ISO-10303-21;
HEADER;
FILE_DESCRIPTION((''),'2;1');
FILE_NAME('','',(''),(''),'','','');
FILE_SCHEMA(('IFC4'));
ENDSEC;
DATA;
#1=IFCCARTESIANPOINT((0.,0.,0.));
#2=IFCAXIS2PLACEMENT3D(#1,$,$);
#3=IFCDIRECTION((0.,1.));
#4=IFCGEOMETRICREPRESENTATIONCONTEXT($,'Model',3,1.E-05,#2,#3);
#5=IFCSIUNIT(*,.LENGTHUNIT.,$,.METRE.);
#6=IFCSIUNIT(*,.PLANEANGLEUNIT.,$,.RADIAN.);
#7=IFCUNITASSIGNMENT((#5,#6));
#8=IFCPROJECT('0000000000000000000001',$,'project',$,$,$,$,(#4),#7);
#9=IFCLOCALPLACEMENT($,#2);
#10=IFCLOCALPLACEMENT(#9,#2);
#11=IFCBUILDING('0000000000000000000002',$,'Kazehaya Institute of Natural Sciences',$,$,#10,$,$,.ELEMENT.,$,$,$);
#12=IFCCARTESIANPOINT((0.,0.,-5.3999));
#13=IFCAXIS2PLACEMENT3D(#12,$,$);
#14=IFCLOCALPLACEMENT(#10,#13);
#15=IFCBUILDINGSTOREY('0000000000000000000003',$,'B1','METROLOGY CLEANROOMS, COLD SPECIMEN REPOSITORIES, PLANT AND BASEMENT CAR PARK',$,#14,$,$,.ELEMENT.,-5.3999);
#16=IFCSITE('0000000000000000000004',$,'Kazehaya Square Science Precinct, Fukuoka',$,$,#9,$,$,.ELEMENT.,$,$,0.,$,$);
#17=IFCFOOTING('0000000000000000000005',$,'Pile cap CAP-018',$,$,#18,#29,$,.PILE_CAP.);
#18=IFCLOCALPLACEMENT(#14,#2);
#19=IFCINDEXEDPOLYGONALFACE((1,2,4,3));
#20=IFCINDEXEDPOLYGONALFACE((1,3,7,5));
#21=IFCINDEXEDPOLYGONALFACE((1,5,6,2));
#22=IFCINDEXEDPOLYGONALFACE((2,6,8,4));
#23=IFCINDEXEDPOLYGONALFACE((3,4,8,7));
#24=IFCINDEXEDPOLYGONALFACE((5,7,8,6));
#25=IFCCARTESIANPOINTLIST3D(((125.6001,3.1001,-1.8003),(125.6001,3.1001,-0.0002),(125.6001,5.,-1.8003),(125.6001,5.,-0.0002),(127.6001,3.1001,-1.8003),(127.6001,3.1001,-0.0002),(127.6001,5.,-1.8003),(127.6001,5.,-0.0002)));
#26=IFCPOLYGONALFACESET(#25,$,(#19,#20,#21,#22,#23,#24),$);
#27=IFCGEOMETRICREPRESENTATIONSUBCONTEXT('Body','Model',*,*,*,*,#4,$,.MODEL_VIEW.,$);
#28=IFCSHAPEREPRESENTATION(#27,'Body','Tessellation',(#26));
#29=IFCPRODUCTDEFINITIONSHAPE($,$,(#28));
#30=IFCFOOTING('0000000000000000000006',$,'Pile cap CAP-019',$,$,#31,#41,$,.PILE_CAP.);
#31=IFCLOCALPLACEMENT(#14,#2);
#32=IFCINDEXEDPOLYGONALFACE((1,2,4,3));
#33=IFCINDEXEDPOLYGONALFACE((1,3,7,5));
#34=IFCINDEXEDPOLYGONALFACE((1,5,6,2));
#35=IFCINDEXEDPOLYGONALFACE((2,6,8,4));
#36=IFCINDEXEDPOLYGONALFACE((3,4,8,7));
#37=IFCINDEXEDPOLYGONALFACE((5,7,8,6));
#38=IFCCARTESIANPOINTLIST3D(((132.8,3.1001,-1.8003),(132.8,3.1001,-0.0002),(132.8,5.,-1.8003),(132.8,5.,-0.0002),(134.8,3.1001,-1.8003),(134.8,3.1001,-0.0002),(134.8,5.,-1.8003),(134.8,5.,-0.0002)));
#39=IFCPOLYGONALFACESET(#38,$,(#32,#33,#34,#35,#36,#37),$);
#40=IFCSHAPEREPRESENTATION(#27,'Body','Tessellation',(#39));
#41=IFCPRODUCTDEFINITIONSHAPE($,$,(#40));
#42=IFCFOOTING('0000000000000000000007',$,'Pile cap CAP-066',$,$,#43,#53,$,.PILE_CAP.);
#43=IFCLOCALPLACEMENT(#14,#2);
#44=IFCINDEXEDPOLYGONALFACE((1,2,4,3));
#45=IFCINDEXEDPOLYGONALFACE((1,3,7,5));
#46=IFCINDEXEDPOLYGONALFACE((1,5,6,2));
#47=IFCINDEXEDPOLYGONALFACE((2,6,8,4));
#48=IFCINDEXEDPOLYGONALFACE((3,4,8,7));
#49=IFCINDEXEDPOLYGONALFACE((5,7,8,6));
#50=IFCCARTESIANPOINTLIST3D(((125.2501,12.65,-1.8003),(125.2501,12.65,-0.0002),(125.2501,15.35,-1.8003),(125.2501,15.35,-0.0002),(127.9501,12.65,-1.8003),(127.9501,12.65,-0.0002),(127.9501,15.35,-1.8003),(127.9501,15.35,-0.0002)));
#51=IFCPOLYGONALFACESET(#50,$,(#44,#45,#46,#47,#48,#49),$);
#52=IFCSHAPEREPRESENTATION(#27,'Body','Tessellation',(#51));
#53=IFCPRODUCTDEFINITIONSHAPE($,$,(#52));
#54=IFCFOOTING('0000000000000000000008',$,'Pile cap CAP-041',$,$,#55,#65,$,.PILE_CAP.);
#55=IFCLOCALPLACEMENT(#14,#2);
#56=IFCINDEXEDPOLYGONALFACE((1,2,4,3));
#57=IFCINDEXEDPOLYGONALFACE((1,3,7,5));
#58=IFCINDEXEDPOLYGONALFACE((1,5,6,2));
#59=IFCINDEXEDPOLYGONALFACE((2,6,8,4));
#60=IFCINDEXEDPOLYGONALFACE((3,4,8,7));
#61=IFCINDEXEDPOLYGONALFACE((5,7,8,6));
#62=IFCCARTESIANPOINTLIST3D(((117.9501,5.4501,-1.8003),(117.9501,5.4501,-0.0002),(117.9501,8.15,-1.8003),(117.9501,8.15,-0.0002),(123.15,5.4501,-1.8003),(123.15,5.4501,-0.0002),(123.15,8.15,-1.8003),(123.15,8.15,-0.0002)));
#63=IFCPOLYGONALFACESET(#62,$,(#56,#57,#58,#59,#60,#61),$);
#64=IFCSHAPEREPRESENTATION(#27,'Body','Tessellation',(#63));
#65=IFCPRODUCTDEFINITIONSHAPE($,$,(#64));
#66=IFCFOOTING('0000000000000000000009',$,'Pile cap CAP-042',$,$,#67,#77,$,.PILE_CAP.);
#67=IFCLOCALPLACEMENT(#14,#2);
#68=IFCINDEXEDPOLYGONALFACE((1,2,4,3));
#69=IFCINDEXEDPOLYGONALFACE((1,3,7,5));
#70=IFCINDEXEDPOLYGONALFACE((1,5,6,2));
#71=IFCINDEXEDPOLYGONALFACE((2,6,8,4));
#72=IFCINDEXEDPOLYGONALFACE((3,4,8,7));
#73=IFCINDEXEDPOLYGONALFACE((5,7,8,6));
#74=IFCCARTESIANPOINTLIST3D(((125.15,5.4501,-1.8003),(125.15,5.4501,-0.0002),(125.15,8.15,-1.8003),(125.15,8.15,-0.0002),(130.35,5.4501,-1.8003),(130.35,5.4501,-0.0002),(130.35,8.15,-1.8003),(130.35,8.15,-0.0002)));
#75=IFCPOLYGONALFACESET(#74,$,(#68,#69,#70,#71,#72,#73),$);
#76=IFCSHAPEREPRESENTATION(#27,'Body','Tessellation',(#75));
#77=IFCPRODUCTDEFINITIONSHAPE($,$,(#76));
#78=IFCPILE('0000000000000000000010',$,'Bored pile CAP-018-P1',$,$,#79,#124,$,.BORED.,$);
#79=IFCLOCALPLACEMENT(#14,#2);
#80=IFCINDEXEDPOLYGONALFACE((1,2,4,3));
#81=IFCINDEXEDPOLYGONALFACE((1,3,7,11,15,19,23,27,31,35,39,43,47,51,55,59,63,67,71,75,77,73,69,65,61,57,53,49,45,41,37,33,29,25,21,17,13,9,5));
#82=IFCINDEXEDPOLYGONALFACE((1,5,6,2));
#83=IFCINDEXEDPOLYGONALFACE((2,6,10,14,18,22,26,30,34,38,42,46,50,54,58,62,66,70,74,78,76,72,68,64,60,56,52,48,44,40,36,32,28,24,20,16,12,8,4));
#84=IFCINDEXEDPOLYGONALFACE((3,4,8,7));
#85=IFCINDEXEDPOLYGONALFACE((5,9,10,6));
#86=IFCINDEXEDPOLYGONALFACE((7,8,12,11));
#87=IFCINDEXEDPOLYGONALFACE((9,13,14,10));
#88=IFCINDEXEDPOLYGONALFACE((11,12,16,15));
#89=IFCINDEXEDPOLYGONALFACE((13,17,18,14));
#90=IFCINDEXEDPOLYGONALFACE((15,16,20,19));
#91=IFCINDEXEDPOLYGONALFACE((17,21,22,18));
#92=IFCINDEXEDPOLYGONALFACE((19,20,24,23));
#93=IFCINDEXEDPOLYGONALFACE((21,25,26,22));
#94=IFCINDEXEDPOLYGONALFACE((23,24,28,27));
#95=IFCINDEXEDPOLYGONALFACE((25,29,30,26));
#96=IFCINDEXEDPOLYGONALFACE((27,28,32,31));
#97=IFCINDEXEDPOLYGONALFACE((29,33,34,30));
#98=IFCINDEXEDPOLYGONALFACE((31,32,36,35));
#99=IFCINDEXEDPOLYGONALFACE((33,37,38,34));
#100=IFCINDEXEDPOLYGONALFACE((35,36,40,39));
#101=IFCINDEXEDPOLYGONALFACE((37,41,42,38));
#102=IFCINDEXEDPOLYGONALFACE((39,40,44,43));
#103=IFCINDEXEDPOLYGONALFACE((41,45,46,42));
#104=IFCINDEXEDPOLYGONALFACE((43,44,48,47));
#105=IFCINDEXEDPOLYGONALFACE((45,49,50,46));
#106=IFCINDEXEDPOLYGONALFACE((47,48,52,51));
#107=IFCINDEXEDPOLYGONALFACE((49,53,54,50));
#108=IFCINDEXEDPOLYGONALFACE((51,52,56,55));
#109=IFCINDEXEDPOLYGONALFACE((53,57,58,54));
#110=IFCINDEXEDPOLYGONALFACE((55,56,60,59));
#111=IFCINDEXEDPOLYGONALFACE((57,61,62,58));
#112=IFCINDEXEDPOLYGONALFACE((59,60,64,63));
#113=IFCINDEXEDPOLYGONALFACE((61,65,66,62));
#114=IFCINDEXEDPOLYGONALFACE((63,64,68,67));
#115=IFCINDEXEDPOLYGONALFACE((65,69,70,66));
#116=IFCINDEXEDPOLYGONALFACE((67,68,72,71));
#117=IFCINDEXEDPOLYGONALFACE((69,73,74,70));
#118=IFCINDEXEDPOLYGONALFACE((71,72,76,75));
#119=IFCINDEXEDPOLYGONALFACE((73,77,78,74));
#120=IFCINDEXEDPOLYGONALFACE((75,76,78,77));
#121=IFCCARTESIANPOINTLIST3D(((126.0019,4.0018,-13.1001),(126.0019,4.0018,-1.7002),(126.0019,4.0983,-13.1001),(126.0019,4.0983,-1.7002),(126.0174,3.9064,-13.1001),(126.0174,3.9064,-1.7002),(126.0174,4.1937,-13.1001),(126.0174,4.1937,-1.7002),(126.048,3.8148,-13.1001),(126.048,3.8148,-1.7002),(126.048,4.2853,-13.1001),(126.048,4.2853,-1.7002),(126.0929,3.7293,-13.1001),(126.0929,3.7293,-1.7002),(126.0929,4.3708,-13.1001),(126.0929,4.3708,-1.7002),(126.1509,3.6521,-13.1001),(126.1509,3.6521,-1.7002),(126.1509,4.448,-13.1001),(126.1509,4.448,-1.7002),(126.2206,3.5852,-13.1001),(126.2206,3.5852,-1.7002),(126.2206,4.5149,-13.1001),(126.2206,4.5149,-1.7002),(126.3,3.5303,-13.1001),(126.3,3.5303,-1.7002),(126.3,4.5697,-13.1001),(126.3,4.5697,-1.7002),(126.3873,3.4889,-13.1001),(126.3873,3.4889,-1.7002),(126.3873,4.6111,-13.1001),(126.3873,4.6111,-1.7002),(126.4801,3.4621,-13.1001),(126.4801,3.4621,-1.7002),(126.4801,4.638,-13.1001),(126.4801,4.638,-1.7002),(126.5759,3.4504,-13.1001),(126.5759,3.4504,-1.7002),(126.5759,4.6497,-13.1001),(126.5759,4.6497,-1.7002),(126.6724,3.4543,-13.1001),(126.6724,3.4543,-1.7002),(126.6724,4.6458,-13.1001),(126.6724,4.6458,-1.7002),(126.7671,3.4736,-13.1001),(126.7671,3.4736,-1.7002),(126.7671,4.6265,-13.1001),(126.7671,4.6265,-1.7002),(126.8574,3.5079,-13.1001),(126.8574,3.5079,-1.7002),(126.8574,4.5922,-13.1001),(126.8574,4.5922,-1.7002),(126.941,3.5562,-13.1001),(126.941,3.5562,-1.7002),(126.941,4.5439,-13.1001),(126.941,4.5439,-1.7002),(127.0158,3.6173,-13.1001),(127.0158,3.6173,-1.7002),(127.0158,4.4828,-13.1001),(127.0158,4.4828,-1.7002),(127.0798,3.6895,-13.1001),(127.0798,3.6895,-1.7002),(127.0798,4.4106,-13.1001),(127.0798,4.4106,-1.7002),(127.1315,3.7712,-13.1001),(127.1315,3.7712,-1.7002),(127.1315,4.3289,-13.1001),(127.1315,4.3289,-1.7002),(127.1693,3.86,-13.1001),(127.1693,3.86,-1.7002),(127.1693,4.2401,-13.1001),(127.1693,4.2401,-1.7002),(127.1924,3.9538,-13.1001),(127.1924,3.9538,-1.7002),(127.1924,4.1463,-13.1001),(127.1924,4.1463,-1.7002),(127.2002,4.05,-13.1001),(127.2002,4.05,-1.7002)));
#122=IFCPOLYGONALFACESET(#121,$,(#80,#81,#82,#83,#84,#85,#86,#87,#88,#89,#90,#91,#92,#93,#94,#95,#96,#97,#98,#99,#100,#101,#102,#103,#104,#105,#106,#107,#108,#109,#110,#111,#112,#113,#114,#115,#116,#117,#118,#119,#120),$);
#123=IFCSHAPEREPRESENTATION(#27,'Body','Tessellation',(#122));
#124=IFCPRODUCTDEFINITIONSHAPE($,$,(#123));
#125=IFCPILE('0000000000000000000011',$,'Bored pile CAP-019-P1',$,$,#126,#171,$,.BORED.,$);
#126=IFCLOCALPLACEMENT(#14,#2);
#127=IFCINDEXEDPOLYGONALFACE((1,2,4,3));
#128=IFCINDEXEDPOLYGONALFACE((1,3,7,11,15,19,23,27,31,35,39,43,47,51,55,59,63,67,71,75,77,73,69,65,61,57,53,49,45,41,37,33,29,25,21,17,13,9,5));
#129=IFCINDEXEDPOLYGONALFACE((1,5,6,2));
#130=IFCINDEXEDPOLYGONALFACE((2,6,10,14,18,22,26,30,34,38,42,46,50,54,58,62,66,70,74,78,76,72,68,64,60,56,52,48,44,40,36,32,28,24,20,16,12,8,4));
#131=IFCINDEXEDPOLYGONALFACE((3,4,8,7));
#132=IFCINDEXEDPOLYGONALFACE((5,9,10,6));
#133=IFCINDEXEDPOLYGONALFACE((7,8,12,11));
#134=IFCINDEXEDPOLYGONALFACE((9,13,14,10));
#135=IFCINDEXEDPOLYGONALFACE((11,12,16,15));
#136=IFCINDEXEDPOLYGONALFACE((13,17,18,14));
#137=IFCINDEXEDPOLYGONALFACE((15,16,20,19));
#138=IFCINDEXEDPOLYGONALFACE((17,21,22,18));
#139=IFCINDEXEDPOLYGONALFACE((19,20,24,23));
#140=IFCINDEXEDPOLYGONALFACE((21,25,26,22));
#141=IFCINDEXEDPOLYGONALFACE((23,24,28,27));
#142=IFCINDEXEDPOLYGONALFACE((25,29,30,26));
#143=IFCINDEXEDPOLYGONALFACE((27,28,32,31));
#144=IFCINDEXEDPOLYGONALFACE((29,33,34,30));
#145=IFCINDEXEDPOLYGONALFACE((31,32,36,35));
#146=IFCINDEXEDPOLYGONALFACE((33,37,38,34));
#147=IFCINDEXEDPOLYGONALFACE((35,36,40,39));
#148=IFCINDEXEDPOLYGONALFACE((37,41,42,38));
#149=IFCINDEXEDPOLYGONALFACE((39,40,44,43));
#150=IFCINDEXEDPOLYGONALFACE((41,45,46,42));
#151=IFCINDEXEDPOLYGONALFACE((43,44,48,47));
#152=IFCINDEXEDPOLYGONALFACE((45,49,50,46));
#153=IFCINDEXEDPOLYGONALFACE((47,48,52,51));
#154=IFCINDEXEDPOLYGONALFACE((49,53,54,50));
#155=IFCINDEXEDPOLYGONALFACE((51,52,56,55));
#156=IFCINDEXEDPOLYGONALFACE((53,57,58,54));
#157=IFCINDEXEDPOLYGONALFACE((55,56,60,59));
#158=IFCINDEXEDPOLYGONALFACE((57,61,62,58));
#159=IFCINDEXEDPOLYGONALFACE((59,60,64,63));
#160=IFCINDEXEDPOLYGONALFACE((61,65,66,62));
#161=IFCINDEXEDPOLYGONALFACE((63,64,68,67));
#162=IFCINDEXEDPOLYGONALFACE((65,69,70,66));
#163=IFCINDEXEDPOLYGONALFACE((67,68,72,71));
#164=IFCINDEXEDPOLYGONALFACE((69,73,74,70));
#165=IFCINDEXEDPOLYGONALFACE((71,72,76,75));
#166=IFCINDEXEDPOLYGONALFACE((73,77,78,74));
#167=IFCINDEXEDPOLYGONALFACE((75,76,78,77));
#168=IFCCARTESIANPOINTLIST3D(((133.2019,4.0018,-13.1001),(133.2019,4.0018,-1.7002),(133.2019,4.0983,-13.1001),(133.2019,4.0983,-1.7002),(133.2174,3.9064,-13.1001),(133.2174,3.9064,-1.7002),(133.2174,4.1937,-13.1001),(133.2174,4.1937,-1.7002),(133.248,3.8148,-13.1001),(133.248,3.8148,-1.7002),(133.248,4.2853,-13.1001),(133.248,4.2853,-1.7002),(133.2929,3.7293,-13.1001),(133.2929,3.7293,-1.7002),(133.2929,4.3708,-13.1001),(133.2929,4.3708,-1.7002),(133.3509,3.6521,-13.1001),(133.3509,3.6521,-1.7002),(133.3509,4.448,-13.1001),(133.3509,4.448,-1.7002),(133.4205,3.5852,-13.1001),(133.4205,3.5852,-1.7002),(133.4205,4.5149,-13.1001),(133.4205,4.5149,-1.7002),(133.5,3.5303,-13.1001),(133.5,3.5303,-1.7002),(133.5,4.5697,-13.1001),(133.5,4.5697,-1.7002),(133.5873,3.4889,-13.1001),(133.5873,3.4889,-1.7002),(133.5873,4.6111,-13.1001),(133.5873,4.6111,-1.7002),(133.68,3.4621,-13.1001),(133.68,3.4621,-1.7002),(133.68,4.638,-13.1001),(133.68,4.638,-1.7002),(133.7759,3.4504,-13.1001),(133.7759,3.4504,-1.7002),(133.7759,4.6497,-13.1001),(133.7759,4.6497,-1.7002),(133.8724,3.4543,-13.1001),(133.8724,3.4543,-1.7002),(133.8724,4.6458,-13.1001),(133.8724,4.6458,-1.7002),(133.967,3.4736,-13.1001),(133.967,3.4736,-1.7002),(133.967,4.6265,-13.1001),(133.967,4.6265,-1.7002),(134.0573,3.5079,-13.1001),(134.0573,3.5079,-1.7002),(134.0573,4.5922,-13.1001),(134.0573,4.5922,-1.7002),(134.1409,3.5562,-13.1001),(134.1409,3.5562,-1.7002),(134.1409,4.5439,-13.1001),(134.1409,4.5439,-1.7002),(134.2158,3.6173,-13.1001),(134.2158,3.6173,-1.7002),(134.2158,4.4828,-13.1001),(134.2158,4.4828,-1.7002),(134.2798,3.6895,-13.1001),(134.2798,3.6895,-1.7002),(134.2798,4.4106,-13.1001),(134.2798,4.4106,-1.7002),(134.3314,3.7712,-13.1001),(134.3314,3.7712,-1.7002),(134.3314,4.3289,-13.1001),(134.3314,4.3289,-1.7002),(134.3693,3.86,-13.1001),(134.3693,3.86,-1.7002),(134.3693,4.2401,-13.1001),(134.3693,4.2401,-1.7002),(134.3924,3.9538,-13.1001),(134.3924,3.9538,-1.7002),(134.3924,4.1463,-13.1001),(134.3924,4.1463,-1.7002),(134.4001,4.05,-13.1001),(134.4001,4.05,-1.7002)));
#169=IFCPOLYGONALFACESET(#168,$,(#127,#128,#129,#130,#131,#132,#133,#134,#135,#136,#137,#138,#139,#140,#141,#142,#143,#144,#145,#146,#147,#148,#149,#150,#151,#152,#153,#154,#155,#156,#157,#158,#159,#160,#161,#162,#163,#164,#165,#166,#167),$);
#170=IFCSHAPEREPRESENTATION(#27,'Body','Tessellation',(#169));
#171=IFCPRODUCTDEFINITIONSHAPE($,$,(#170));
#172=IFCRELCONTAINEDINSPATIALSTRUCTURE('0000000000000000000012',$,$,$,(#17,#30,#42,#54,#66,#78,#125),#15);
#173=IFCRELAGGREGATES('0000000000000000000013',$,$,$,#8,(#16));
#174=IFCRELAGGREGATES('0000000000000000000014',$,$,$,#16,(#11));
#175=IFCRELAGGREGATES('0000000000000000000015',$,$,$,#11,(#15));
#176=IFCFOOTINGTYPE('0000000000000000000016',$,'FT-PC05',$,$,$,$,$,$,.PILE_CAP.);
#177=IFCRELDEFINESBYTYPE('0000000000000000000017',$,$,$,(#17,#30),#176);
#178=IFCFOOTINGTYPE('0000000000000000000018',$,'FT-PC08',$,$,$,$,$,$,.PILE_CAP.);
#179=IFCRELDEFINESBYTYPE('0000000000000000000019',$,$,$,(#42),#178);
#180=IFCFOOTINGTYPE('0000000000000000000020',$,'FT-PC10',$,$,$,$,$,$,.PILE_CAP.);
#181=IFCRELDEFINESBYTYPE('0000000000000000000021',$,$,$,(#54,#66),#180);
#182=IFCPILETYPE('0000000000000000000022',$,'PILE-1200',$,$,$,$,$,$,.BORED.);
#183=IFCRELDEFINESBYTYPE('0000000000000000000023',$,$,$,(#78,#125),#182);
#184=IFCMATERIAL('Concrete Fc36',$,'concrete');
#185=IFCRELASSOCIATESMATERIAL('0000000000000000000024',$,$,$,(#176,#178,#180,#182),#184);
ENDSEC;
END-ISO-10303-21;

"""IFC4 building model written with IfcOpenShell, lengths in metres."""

from ifc_helpers import new_model, si_unit, direction, frame, origin, origin_2d, place, context, subcontext, project, spatial, rectangle, circle, extrude, material, material_profile, profile_set, type_object, element, save


model = new_model("IFC4")

# Units and contexts
model_context = context("Model", 3, precision=1e-05, world=origin(), true_north=direction((0.0, 1.0)))
body_context = subcontext(model_context, "Body", "Model", "MODEL_VIEW")
ifc_project = project(units=[si_unit("LENGTHUNIT", "METRE"), si_unit("PLANEANGLEUNIT", "RADIAN")], contexts=[model_context])

# Site, building, storey
site_placement = place(None, origin())
site = spatial("IfcSite", under=ifc_project, at=site_placement, Name="Kazehaya Square Science Precinct, Fukuoka", CompositionType="ELEMENT", RefElevation=0.0)
building_placement = place(site_placement, origin())
building = spatial("IfcBuilding", under=site, at=building_placement, Name="Kazehaya Institute of Natural Sciences", CompositionType="ELEMENT")
storey_placement = place(building_placement, frame((0.0, 0.0, -5.3999)))
storey = spatial("IfcBuildingStorey", under=building, at=storey_placement, Name="B1", Description="METROLOGY CLEANROOMS, COLD SPECIMEN REPOSITORIES, PLANT AND BASEMENT CAR PARK", CompositionType="ELEMENT", Elevation=-5.3999)

# Footings
ifc_material_1 = material(Name="Concrete Fc36", Category="concrete")
footing_type_1 = type_object("IfcFootingType", Name="FT-PC05", PredefinedType="PILE_CAP", material=ifc_material_1)
for number, where, z_axis, x_axis, name in (
    (1, (126.6001, 4.05, -1.8003), (0.0, 0.0, 1.0), (1.0, 0.0, 0.0), "Pile cap CAP-018"),
    (2, (133.8, 4.05, -1.8003), (0.0, 0.0, 1.0), (1.0, 0.0, 0.0), "Pile cap CAP-019"),
):
    element("IfcFooting", number, at=place(storey_placement, frame(where, z_axis=z_axis, x_axis=x_axis)), inside=storey, type_object=footing_type_1, Name=name, PredefinedType="PILE_CAP", context=body_context, shape_type="SweptSolid", body=[
        extrude(rectangle(XDim=2.0, YDim=1.8999, at=origin_2d()), origin(), (0.0, 0.0, 1.0), 1.8),
    ])
footing_type_2 = type_object("IfcFootingType", Name="FT-PC08", PredefinedType="PILE_CAP", material=ifc_material_1)
footing_placement = place(storey_placement, frame((126.6001, 14.0, -1.8003), z_axis=(0.0, 0.0, 1.0), x_axis=(1.0, 0.0, 0.0)))
element("IfcFooting", 3, at=footing_placement, inside=storey, type_object=footing_type_2, Name="Pile cap CAP-066", PredefinedType="PILE_CAP", context=body_context, shape_type="SweptSolid", body=[
    extrude(rectangle(XDim=2.7, YDim=2.7, at=origin_2d()), origin(), (0.0, 0.0, 1.0), 1.8),
])
footing_type_3 = type_object("IfcFootingType", Name="FT-PC10", PredefinedType="PILE_CAP", material=ifc_material_1)
for number, where, z_axis, x_axis, name in (
    (4, (120.55, 6.8, -1.8003), (0.0, 0.0, 1.0), (1.0, 0.0, 0.0), "Pile cap CAP-041"),
    (5, (127.75, 6.8, -1.8003), (0.0, 0.0, 1.0), (1.0, 0.0, 0.0), "Pile cap CAP-042"),
):
    element("IfcFooting", number, at=place(storey_placement, frame(where, z_axis=z_axis, x_axis=x_axis)), inside=storey, type_object=footing_type_3, Name=name, PredefinedType="PILE_CAP", context=body_context, shape_type="SweptSolid", body=[
        extrude(rectangle(XDim=5.2, YDim=2.7, at=origin_2d()), origin(), (0.0, 0.0, 1.0), 1.8),
    ])

# Piles
ifc_material_profile_1 = material_profile(ifc_material_1, circle(Radius=0.6001, at=origin_2d()), Name="PILE-1200")
ifc_profile_set_1 = profile_set([ifc_material_profile_1], Name="Concrete Fc36")
pile_type_1 = type_object("IfcPileType", Name="PILE-1200", PredefinedType="BORED", material=ifc_profile_set_1)
for number, where, z_axis, x_axis, name in (
    (6, (126.6001, 4.05, -1.7002), (0.0, 0.0, -1.0), (1.0, 0.0, 0.0), "Bored pile CAP-018-P1"),
    (7, (133.8, 4.05, -1.7002), (0.0, 0.0, -1.0), (1.0, 0.0, 0.0), "Bored pile CAP-019-P1"),
):
    element("IfcPile", number, at=place(storey_placement, frame(where, z_axis=z_axis, x_axis=x_axis)), inside=storey, type_object=pile_type_1, Name=name, PredefinedType="BORED", context=body_context, shape_type="SweptSolid", body=[
        extrude(circle(Radius=0.6001, at=origin_2d()), origin(), (0.0, 0.0, 1.0), 11.3999),
    ])

save(model, "model.ifc")
